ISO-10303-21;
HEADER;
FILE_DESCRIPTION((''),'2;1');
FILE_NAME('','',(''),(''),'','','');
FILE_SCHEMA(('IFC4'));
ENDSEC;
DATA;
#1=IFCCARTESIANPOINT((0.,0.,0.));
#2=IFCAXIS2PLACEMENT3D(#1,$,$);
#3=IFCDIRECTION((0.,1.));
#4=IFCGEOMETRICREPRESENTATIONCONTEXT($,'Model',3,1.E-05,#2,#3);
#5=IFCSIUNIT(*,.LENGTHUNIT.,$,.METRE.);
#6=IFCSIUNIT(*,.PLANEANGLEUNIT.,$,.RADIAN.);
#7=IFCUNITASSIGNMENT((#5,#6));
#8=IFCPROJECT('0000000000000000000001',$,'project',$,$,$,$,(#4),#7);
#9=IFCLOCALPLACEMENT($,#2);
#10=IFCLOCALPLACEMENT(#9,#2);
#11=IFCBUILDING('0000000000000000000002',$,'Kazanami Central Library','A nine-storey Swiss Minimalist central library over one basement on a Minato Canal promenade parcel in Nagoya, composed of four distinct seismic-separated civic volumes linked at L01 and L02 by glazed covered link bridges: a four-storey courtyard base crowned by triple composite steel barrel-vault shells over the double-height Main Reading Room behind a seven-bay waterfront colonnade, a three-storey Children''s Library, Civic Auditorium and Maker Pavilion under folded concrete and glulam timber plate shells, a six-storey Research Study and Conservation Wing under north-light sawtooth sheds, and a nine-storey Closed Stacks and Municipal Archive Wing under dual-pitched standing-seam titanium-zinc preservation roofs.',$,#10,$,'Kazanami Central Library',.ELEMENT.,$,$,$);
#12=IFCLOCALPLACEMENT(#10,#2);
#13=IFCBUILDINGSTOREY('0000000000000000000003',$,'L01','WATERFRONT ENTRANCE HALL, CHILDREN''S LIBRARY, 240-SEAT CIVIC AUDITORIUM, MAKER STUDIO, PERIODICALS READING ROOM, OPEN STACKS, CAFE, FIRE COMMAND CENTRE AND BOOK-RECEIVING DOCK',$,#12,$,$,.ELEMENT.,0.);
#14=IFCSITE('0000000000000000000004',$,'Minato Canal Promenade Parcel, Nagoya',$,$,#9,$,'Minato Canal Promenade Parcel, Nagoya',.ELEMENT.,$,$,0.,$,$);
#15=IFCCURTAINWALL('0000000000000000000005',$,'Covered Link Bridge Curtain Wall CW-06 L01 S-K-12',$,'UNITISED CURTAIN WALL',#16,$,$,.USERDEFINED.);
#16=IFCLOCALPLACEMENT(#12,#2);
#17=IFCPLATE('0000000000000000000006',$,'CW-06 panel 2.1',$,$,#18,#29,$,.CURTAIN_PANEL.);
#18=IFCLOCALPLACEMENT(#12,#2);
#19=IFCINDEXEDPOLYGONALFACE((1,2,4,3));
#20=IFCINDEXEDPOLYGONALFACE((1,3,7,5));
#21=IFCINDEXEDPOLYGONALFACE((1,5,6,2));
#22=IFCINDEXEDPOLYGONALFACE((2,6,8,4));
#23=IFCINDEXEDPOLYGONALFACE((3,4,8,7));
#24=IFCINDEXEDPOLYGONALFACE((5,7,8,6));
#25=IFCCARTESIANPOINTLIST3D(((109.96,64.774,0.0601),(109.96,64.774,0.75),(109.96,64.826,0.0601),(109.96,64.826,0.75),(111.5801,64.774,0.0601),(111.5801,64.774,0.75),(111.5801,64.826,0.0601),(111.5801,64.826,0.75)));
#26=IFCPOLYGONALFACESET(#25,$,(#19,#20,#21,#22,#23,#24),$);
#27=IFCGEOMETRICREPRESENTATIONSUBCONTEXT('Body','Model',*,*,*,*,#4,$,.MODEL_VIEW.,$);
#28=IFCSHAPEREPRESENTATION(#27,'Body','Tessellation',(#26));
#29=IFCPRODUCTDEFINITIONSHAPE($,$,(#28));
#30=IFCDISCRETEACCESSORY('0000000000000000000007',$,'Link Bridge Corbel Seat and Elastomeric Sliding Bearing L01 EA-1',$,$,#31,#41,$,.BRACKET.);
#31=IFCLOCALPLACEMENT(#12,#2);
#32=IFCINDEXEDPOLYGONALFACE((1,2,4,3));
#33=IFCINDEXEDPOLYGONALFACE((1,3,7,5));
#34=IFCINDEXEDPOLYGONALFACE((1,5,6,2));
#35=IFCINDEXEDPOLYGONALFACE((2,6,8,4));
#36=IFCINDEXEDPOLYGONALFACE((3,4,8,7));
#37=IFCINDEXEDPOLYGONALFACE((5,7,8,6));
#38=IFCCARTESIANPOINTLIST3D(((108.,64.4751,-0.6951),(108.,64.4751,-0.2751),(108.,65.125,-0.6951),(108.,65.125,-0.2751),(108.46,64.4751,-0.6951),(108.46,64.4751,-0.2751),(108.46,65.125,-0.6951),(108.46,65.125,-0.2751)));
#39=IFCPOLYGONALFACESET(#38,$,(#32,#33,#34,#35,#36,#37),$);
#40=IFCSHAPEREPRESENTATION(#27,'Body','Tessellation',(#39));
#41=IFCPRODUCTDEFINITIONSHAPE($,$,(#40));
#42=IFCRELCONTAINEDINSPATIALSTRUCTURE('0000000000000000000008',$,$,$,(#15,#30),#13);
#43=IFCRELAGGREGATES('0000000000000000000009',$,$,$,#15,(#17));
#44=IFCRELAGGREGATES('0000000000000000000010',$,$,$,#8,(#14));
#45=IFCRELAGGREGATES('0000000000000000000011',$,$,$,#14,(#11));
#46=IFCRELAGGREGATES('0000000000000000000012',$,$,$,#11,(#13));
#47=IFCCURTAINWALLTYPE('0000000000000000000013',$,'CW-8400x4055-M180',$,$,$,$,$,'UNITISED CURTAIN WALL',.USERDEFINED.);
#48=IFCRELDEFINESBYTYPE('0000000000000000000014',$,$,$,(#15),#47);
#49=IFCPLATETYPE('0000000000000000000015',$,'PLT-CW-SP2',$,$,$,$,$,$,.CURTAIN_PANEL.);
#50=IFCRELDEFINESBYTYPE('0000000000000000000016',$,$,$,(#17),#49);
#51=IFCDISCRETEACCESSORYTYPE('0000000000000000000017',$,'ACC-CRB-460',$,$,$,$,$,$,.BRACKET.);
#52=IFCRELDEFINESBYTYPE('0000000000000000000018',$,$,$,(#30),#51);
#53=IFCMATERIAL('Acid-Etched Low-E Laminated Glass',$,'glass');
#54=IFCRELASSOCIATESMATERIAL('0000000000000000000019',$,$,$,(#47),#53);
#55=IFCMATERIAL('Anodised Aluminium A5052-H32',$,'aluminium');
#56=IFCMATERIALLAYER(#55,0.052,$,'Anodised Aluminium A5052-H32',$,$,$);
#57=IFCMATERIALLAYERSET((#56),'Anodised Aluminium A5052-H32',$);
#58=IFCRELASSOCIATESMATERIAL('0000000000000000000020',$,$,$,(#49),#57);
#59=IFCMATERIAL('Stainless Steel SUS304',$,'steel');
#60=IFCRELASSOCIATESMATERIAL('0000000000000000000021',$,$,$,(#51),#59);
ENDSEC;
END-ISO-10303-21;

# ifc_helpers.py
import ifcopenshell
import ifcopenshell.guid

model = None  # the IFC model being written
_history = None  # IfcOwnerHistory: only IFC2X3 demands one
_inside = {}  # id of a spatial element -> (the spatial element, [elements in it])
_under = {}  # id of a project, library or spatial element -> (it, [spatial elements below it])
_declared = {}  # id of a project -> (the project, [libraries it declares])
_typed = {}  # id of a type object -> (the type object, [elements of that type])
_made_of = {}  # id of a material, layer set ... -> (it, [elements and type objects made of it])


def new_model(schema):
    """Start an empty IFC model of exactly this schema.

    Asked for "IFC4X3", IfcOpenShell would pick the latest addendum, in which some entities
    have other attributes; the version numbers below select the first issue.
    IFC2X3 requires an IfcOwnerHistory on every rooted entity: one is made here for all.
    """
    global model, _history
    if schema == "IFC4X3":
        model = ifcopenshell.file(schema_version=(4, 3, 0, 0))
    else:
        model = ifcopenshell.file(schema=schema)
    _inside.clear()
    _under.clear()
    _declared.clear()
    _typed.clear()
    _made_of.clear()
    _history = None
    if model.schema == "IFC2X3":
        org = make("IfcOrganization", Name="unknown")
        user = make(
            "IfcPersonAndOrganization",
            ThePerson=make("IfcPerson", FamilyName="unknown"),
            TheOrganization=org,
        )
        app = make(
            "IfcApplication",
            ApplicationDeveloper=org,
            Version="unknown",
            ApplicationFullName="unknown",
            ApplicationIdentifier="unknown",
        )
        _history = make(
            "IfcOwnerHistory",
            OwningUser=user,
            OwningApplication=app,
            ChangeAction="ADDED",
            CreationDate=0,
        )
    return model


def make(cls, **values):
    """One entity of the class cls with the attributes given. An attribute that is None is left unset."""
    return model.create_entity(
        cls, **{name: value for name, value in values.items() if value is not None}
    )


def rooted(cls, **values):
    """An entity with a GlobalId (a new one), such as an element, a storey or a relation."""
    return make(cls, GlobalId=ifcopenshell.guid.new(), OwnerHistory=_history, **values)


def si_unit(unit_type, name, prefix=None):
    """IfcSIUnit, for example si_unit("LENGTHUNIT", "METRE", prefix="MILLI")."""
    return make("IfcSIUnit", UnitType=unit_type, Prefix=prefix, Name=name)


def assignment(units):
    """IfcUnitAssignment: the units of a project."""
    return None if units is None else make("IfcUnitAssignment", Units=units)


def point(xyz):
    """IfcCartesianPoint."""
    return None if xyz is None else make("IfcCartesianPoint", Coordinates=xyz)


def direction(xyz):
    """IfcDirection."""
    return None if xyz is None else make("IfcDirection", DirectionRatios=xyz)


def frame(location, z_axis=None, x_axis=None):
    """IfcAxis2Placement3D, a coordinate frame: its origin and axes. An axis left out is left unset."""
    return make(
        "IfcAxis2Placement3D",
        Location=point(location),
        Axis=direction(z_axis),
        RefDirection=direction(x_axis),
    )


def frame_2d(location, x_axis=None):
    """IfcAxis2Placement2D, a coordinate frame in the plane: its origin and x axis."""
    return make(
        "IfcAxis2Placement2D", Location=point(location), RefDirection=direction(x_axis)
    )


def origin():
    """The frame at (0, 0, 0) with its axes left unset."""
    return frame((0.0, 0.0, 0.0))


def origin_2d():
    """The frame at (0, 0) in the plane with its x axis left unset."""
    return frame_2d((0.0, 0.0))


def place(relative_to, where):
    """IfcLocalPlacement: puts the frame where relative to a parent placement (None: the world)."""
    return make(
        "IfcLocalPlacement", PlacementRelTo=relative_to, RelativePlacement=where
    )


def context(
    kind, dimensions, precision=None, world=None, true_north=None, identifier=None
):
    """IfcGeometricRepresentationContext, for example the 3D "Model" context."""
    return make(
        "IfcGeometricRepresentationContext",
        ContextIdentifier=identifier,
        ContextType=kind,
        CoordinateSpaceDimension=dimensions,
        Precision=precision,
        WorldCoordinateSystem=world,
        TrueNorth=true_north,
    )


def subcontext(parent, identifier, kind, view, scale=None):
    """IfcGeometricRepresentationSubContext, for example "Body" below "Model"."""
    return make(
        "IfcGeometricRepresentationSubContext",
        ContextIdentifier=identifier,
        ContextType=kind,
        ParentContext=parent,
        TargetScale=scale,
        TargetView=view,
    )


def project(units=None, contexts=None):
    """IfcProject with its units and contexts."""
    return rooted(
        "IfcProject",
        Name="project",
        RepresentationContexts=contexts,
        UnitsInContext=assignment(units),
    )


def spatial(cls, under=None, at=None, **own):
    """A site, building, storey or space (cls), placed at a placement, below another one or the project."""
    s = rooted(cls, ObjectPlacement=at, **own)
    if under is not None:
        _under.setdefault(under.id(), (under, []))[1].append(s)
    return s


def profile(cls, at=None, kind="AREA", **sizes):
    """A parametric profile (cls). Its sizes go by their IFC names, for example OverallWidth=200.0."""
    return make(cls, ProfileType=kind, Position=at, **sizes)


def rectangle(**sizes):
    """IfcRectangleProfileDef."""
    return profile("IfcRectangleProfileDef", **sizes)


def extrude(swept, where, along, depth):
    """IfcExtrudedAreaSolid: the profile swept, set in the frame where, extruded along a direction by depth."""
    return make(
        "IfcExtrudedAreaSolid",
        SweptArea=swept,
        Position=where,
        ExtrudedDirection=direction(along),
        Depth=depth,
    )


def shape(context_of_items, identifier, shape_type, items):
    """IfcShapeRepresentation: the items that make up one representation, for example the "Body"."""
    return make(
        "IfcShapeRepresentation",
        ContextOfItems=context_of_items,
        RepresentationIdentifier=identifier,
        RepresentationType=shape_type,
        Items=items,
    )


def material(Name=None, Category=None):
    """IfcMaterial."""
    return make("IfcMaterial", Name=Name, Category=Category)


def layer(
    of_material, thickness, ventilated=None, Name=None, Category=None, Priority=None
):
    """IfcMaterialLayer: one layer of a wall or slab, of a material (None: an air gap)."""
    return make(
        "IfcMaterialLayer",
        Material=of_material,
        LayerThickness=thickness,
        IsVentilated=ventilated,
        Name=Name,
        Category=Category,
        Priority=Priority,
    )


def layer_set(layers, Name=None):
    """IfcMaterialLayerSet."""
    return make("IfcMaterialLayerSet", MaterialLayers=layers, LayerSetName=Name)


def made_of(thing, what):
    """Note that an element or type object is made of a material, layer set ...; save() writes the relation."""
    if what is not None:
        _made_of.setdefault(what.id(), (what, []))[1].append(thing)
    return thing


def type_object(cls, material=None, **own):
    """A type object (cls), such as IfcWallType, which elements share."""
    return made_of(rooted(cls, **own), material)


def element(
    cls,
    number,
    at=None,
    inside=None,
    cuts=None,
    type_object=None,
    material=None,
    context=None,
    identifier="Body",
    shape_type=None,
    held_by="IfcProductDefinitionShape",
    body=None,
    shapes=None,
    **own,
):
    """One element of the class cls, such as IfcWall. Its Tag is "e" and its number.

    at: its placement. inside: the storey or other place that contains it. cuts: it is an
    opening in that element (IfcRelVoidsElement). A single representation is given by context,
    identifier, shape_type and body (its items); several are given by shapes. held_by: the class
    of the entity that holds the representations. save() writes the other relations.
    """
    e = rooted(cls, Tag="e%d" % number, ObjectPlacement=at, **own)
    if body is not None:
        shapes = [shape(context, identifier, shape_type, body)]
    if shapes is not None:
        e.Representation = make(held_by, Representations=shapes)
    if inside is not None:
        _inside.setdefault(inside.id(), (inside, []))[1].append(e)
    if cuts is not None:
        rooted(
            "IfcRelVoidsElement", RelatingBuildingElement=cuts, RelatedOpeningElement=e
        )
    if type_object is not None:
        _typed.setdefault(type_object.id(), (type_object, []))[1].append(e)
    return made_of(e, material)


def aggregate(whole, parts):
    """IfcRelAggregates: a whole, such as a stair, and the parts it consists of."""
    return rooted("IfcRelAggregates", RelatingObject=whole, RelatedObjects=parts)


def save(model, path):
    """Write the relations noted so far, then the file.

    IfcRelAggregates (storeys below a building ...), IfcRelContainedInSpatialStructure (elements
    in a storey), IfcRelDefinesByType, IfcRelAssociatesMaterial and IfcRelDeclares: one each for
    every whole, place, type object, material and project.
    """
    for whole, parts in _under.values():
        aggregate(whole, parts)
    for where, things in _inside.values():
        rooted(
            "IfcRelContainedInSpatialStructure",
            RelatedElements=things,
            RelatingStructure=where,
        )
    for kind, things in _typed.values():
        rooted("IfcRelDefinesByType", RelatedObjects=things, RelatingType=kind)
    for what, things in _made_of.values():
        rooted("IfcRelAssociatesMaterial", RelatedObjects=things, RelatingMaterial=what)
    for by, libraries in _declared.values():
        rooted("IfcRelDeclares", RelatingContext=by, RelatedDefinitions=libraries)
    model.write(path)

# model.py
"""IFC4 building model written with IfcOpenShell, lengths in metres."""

from ifc_helpers import new_model, si_unit, direction, frame, origin, origin_2d, place, context, subcontext, project, spatial, rectangle, extrude, material, layer, layer_set, type_object, element, aggregate, save


model = new_model("IFC4")

# Units and contexts
model_context = context("Model", 3, precision=1e-05, world=origin(), true_north=direction((0.0, 1.0)))
body_context = subcontext(model_context, "Body", "Model", "MODEL_VIEW")
ifc_project = project(units=[si_unit("LENGTHUNIT", "METRE"), si_unit("PLANEANGLEUNIT", "RADIAN")], contexts=[model_context])

# Site, building, storey
site_placement = place(None, origin())
site = spatial("IfcSite", under=ifc_project, at=site_placement, Name="Minato Canal Promenade Parcel, Nagoya", LongName="Minato Canal Promenade Parcel, Nagoya", CompositionType="ELEMENT", RefElevation=0.0)
building_placement = place(site_placement, origin())
building = spatial("IfcBuilding", under=site, at=building_placement, Name="Kazanami Central Library", Description="A nine-storey Swiss Minimalist central library over one basement on a Minato Canal promenade parcel in Nagoya, composed of four distinct seismic-separated civic volumes linked at L01 and L02 by glazed covered link bridges: a four-storey courtyard base crowned by triple composite steel barrel-vault shells over the double-height Main Reading Room behind a seven-bay waterfront colonnade, a three-storey Children's Library, Civic Auditorium and Maker Pavilion under folded concrete and glulam timber plate shells, a six-storey Research Study and Conservation Wing under north-light sawtooth sheds, and a nine-storey Closed Stacks and Municipal Archive Wing under dual-pitched standing-seam titanium-zinc preservation roofs.", LongName="Kazanami Central Library", CompositionType="ELEMENT")
storey_placement = place(building_placement, origin())
storey = spatial("IfcBuildingStorey", under=building, at=storey_placement, Name="L01", Description="WATERFRONT ENTRANCE HALL, CHILDREN'S LIBRARY, 240-SEAT CIVIC AUDITORIUM, MAKER STUDIO, PERIODICALS READING ROOM, OPEN STACKS, CAFE, FIRE COMMAND CENTRE AND BOOK-RECEIVING DOCK", CompositionType="ELEMENT", Elevation=0.0)

# Curtain wall
ifc_material_1 = material(Name="Acid-Etched Low-E Laminated Glass", Category="glass")
curtain_wall_type_1 = type_object("IfcCurtainWallType", Name="CW-8400x4055-M180", ElementType="UNITISED CURTAIN WALL", PredefinedType="USERDEFINED", material=ifc_material_1)
curtain_wall_1_placement = place(storey_placement, origin())
curtain_wall_1 = element("IfcCurtainWall", 1, at=curtain_wall_1_placement, inside=storey, type_object=curtain_wall_type_1, Name="Covered Link Bridge Curtain Wall CW-06 L01 S-K-12", ObjectType="UNITISED CURTAIN WALL", PredefinedType="USERDEFINED")

# Plate
ifc_material_2 = material(Name="Anodised Aluminium A5052-H32", Category="aluminium")
ifc_layer_1 = layer(ifc_material_2, 0.052, Name="Anodised Aluminium A5052-H32")
ifc_layer_set_1 = layer_set([ifc_layer_1], Name="Anodised Aluminium A5052-H32")
plate_type_1 = type_object("IfcPlateType", Name="PLT-CW-SP2", PredefinedType="CURTAIN_PANEL", material=ifc_layer_set_1)
plate_1_placement = place(storey_placement, frame((110.77, 64.8, 0.0601), z_axis=(0.0, 0.0, 1.0), x_axis=(1.0, 0.0, 0.0)))
plate_1 = element("IfcPlate", 2, at=plate_1_placement, type_object=plate_type_1, Name="CW-06 panel 2.1", PredefinedType="CURTAIN_PANEL", context=body_context, shape_type="SweptSolid", body=[
    extrude(rectangle(XDim=1.6201, YDim=0.052, at=origin_2d()), origin(), (0.0, 0.0, 1.0), 0.6899),
])
aggregate(curtain_wall_1, [plate_1])

# Discrete accessory
ifc_material_3 = material(Name="Stainless Steel SUS304", Category="steel")
discrete_accessory_type = type_object("IfcDiscreteAccessoryType", Name="ACC-CRB-460", PredefinedType="BRACKET", material=ifc_material_3)
discrete_accessory_placement = place(storey_placement, frame((108.23, 64.8, -0.6951), z_axis=(0.0, 0.0, 1.0), x_axis=(1.0, 0.0, 0.0)))
element("IfcDiscreteAccessory", 3, at=discrete_accessory_placement, inside=storey, type_object=discrete_accessory_type, Name="Link Bridge Corbel Seat and Elastomeric Sliding Bearing L01 EA-1", PredefinedType="BRACKET", context=body_context, shape_type="SweptSolid", body=[
    extrude(rectangle(XDim=0.46, YDim=0.6499, at=origin_2d()), origin(), (0.0, 0.0, 1.0), 0.4199),
])

save(model, "model.ifc")
